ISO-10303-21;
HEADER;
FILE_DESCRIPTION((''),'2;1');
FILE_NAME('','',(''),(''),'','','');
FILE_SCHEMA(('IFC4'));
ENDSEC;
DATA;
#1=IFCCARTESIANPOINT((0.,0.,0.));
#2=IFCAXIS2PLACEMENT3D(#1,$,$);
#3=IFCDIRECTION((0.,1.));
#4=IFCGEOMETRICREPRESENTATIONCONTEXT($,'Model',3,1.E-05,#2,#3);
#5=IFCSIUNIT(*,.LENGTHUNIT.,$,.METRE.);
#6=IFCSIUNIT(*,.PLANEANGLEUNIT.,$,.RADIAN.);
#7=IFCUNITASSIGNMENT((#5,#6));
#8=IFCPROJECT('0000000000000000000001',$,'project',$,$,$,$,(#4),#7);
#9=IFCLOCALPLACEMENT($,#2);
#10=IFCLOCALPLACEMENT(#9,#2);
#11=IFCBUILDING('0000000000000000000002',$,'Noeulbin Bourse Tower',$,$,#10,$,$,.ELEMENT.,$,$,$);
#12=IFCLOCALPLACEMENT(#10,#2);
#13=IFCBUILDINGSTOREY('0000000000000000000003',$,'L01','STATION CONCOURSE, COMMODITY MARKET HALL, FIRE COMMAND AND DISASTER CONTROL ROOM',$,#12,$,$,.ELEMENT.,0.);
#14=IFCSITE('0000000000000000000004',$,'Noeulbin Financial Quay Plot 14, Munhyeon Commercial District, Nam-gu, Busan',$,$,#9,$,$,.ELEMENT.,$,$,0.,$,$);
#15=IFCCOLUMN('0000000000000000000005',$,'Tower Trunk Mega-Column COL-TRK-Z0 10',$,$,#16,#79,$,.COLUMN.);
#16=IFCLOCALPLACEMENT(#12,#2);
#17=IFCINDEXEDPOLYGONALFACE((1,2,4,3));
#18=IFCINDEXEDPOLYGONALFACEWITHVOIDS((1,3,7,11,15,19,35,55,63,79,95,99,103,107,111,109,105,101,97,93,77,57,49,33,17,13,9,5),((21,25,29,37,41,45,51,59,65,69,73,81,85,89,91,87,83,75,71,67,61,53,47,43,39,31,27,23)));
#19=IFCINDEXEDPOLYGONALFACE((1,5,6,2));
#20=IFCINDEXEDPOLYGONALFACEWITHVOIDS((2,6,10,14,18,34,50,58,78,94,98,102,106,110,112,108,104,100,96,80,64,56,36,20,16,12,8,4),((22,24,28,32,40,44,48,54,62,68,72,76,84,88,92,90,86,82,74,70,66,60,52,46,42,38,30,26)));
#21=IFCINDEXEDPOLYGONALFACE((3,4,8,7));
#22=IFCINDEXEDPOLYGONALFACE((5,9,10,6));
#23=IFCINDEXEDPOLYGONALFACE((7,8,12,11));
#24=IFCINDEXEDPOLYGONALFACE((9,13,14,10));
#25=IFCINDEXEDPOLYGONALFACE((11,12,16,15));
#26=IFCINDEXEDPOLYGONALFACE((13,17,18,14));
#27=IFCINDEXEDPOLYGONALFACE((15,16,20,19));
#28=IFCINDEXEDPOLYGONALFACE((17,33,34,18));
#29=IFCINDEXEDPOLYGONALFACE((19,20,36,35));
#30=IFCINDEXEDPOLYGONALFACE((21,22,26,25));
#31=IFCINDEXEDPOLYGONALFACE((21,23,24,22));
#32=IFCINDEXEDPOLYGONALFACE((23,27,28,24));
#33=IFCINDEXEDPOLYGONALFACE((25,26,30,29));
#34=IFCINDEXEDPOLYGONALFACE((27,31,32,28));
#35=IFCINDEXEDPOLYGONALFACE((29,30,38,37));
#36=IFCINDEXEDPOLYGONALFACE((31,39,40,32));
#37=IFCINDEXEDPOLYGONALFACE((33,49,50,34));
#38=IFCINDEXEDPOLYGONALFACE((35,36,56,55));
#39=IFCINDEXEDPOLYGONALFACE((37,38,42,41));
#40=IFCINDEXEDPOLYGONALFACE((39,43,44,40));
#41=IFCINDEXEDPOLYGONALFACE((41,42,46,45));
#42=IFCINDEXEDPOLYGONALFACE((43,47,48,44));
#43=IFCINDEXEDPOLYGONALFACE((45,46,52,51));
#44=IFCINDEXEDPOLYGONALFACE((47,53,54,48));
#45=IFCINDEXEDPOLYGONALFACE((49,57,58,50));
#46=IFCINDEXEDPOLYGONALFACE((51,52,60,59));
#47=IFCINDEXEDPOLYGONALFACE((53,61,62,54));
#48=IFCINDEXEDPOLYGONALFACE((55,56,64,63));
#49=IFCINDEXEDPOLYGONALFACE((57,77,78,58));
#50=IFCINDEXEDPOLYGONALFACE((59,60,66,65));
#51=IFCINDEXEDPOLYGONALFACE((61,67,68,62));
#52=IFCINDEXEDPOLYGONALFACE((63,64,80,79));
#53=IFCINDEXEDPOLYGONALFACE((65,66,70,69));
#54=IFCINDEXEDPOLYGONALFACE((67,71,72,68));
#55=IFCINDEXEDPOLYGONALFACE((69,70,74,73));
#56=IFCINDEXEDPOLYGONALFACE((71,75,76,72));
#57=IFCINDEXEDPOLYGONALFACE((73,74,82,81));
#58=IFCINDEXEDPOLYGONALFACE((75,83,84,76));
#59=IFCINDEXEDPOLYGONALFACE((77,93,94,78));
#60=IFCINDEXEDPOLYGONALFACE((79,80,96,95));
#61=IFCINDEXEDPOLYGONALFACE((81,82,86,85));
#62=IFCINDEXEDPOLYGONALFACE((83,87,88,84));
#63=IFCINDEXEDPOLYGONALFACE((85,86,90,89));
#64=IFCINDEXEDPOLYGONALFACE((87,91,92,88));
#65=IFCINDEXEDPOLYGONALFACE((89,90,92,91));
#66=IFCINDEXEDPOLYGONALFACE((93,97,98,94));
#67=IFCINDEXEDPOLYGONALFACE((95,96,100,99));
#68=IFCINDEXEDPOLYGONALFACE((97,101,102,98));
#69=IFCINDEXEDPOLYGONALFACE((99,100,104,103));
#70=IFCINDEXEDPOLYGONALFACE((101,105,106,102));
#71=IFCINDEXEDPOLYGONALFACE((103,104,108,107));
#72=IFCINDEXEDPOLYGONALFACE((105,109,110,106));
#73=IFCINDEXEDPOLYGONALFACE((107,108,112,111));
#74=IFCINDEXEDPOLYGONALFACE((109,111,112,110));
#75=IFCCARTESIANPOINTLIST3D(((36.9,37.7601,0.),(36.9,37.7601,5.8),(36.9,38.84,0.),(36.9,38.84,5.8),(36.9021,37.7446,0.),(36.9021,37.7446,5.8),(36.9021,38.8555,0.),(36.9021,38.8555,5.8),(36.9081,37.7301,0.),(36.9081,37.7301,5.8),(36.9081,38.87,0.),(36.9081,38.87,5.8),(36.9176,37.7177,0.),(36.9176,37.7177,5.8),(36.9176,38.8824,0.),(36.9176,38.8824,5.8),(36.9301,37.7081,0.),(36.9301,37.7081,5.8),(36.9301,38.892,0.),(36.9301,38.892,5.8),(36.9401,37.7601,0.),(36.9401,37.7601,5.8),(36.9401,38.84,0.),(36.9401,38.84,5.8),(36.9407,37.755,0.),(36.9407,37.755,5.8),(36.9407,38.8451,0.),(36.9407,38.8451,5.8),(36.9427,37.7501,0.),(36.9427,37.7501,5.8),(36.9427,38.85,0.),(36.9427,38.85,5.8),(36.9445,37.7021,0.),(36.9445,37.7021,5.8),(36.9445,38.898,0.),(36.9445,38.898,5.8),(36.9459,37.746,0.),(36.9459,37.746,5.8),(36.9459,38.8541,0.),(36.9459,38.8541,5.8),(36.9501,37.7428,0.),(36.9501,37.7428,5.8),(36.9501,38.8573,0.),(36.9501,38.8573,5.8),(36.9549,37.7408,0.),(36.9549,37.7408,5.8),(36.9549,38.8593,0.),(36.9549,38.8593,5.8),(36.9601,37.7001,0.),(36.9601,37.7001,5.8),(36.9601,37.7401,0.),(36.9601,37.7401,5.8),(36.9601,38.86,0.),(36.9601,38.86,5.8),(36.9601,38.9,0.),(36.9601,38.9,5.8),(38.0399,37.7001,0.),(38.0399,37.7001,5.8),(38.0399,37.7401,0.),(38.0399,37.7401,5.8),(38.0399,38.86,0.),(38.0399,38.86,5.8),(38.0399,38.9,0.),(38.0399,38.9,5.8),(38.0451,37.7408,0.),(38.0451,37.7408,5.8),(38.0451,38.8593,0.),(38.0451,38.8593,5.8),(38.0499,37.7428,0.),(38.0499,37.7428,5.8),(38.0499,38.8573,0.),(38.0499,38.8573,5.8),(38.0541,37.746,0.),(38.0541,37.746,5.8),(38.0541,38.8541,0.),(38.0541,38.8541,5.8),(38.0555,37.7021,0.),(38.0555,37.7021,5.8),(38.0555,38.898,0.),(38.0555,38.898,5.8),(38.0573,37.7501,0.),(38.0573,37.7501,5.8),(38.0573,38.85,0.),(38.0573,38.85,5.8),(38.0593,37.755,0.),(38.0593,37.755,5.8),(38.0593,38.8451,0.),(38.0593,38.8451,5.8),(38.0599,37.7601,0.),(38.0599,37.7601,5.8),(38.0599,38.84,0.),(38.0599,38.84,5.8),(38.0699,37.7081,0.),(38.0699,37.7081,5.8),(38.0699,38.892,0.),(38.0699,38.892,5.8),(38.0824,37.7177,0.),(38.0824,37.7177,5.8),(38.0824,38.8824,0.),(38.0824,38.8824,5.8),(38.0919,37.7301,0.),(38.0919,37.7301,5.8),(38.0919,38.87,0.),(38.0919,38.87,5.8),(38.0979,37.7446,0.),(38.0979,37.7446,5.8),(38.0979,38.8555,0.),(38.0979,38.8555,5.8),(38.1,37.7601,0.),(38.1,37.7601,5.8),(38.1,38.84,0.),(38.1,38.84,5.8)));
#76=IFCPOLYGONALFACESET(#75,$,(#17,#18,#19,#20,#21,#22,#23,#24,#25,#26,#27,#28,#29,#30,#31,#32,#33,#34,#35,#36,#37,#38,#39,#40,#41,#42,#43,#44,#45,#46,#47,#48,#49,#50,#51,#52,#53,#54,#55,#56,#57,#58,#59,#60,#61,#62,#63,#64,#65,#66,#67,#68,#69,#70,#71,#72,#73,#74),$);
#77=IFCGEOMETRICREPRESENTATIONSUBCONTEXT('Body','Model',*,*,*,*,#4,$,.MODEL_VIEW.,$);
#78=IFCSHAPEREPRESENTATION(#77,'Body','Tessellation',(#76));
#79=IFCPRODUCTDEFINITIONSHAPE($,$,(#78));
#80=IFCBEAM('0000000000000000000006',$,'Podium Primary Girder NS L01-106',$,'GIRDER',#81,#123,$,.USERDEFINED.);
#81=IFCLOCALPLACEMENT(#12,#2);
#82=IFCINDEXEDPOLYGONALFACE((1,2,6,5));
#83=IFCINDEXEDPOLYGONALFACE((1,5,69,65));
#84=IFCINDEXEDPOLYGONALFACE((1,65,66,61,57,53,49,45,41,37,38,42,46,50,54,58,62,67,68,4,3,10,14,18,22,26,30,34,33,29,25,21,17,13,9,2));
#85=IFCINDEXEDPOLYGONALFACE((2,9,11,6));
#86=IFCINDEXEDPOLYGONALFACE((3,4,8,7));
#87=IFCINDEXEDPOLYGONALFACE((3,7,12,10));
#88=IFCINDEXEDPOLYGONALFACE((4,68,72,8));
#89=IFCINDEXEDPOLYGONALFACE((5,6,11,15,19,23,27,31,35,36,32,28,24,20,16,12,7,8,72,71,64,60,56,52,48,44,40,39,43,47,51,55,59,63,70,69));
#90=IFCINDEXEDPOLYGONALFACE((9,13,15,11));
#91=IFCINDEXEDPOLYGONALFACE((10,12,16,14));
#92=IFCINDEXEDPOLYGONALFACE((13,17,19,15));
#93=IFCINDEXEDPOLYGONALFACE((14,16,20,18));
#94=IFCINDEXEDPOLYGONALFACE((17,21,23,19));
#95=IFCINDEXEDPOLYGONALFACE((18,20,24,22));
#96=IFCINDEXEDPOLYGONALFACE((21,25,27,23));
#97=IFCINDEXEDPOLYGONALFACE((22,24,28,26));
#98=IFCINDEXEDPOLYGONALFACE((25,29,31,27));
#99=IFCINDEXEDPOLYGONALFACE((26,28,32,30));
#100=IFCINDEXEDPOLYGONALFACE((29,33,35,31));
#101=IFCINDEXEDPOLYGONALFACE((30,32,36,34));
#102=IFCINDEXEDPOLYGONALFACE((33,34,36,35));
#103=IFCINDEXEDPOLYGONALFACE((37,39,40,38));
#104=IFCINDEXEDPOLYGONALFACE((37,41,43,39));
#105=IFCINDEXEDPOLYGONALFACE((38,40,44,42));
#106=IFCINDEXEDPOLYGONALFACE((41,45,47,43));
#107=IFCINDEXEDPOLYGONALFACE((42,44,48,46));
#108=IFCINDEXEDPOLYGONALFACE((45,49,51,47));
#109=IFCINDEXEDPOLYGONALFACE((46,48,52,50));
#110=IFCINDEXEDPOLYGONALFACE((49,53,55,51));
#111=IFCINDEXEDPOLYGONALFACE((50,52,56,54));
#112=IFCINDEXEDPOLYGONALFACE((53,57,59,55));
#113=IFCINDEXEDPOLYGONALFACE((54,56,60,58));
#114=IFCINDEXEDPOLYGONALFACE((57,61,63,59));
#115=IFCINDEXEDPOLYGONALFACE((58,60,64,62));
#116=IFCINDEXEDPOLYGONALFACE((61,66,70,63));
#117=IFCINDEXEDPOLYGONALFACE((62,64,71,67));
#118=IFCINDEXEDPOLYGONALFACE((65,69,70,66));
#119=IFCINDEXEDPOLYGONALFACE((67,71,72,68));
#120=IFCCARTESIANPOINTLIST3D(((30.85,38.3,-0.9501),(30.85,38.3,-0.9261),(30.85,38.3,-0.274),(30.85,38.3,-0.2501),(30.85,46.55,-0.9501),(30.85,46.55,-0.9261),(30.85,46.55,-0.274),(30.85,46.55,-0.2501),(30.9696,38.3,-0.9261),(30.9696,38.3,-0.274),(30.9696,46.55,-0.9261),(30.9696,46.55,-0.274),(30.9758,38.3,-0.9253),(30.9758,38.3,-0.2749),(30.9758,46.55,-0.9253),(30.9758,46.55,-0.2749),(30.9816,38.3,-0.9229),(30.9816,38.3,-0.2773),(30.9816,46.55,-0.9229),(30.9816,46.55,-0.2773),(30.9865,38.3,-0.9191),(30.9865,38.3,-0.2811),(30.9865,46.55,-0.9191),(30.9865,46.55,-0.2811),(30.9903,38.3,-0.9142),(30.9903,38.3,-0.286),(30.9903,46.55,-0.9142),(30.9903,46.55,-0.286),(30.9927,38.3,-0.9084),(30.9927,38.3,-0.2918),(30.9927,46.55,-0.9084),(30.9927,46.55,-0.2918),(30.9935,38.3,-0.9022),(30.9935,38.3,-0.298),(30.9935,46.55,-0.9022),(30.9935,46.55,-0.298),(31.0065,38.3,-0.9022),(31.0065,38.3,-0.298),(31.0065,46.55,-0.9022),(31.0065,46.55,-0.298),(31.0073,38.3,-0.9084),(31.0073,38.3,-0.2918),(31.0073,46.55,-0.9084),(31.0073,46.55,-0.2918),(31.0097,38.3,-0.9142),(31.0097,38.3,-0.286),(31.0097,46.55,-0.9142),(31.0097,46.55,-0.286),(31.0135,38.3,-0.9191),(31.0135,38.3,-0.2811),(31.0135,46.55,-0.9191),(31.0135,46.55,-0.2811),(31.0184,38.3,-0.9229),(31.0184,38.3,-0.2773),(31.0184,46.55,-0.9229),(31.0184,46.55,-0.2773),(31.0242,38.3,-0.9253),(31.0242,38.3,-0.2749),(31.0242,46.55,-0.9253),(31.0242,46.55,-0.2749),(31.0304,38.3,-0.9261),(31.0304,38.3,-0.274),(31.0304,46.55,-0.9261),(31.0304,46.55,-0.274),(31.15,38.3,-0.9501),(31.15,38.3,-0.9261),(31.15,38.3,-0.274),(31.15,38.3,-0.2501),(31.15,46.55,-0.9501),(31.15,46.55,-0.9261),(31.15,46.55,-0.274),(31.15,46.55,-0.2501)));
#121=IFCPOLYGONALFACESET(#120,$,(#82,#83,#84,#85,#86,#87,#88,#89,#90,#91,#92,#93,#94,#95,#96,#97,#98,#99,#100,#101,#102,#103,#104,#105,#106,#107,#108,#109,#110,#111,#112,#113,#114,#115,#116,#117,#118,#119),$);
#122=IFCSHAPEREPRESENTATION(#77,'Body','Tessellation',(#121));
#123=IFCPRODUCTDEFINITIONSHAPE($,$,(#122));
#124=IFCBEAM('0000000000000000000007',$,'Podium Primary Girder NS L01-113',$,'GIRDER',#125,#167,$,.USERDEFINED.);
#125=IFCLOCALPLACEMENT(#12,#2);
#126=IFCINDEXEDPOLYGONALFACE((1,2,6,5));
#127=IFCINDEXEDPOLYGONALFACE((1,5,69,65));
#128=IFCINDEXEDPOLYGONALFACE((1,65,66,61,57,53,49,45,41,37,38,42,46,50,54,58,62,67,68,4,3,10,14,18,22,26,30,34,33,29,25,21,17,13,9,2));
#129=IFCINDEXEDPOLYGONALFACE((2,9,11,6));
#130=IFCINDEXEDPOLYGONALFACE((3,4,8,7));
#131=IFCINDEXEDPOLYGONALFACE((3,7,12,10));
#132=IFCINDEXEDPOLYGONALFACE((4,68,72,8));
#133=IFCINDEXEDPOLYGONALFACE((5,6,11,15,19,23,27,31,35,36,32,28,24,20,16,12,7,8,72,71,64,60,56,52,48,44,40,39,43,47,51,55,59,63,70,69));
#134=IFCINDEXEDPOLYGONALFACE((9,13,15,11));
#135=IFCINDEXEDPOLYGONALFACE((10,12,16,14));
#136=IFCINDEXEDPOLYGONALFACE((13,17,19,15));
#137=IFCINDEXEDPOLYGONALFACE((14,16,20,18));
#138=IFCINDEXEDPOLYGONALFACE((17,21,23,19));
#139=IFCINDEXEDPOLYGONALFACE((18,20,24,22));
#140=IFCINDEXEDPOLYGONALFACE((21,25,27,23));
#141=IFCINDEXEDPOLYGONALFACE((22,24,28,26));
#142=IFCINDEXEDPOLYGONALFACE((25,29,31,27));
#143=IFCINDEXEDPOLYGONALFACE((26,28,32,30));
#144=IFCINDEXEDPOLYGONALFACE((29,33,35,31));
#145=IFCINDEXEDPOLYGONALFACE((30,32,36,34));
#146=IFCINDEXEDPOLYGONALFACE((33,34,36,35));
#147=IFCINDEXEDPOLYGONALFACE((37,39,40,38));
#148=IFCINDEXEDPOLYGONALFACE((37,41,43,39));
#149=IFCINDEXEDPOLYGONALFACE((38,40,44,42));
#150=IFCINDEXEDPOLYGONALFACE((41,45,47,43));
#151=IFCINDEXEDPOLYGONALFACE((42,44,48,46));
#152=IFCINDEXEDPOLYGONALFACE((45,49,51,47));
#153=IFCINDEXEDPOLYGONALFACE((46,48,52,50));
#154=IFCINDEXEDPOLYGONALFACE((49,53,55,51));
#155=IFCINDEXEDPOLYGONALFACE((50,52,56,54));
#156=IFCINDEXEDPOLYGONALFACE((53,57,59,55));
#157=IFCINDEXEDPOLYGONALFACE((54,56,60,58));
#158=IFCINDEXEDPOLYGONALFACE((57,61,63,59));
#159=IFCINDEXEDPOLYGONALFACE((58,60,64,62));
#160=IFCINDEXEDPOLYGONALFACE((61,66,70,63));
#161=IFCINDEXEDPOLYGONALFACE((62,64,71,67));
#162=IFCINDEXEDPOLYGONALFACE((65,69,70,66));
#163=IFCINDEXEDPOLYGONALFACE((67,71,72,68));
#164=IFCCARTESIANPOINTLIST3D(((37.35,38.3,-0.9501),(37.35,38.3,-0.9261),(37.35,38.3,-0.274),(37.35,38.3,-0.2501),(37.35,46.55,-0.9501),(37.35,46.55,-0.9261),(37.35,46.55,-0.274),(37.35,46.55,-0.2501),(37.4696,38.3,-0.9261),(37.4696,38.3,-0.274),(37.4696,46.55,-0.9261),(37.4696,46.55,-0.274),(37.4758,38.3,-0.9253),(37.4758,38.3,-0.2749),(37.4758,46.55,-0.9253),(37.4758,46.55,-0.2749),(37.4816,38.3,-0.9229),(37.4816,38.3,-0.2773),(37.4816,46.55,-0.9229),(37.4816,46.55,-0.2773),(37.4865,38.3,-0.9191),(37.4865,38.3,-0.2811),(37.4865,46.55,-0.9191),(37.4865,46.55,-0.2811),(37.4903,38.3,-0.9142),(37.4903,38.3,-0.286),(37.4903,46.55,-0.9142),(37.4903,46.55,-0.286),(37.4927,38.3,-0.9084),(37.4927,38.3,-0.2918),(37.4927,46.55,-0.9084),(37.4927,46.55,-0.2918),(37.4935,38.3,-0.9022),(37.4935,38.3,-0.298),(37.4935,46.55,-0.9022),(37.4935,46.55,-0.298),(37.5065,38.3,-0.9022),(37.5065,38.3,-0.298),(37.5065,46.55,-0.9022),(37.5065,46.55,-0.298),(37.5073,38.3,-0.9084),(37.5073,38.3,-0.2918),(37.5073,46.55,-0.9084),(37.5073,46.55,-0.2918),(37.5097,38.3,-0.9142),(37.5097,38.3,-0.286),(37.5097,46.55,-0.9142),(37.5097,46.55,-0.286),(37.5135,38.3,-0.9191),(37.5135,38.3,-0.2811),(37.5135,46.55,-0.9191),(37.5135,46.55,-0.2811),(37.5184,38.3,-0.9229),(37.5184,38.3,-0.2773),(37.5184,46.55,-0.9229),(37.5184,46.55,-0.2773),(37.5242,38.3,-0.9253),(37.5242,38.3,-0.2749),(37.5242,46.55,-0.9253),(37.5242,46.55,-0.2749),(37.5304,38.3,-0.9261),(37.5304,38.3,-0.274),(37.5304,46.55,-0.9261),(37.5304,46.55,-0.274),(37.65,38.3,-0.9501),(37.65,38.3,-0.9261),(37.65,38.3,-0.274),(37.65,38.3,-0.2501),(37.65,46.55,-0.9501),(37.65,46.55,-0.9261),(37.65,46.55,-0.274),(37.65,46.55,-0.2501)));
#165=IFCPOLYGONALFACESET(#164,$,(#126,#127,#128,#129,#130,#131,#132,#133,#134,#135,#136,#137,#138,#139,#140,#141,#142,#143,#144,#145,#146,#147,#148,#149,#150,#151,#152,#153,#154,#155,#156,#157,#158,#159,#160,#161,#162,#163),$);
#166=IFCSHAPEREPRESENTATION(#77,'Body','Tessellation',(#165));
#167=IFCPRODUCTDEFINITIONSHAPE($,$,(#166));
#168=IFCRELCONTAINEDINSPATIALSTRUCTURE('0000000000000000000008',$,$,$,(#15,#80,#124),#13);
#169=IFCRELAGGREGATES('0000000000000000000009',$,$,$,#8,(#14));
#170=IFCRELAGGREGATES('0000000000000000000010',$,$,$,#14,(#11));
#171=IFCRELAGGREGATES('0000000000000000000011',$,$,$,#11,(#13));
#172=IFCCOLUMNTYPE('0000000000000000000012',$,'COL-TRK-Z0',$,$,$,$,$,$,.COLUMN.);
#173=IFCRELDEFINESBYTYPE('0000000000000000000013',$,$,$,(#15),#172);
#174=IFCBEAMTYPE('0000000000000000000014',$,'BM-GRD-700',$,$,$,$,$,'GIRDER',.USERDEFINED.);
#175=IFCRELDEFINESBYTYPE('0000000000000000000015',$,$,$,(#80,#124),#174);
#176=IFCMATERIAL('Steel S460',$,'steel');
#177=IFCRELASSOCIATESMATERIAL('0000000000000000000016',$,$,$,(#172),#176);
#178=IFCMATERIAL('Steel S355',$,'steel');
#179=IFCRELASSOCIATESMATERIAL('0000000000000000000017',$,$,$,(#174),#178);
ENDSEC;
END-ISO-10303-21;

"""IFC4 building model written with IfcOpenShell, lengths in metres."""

from ifc_helpers import new_model, si_unit, direction, frame, origin, origin_2d, place, context, subcontext, project, spatial, hollow_rectangle, i_section, extrude, material, material_profile, profile_set, type_object, element, save


model = new_model("IFC4")

# Units and contexts
model_context = context("Model", 3, precision=1e-05, world=origin(), true_north=direction((0.0, 1.0)))
body_context = subcontext(model_context, "Body", "Model", "MODEL_VIEW")
ifc_project = project(units=[si_unit("LENGTHUNIT", "METRE"), si_unit("PLANEANGLEUNIT", "RADIAN")], contexts=[model_context])

# Site, building, storey
site_placement = place(None, origin())
site = spatial("IfcSite", under=ifc_project, at=site_placement, Name="Noeulbin Financial Quay Plot 14, Munhyeon Commercial District, Nam-gu, Busan", CompositionType="ELEMENT", RefElevation=0.0)
building_placement = place(site_placement, origin())
building = spatial("IfcBuilding", under=site, at=building_placement, Name="Noeulbin Bourse Tower", CompositionType="ELEMENT")
storey_placement = place(building_placement, origin())
storey = spatial("IfcBuildingStorey", under=building, at=storey_placement, Name="L01", Description="STATION CONCOURSE, COMMODITY MARKET HALL, FIRE COMMAND AND DISASTER CONTROL ROOM", CompositionType="ELEMENT", Elevation=0.0)

# Column
ifc_material_1 = material(Name="Steel S460", Category="steel")
ifc_material_profile_1 = material_profile(ifc_material_1, hollow_rectangle(XDim=1.2, YDim=1.2, WallThickness=0.04, InnerFilletRadius=0.02, OuterFilletRadius=0.0601, at=origin_2d()), Name="BOX-1200x1200x40", Category="LoadBearing")
ifc_profile_set_1 = profile_set([ifc_material_profile_1], Name="Steel S460")
column_type = type_object("IfcColumnType", Name="COL-TRK-Z0", PredefinedType="COLUMN", material=ifc_profile_set_1)
column_placement = place(storey_placement, frame((37.5, 38.3, 0.0), z_axis=(0.0, 0.0, 1.0), x_axis=(1.0, 0.0, 0.0)))
element("IfcColumn", 1, at=column_placement, inside=storey, type_object=column_type, Name="Tower Trunk Mega-Column COL-TRK-Z0 10", PredefinedType="COLUMN", context=body_context, shape_type="SweptSolid", body=[
    extrude(hollow_rectangle(XDim=1.2, YDim=1.2, WallThickness=0.04, InnerFilletRadius=0.02, OuterFilletRadius=0.0601, at=origin_2d()), origin(), (0.0, 0.0, 1.0), 5.8),
])

# Beams
ifc_material_2 = material(Name="Steel S355", Category="steel")
ifc_material_profile_2 = material_profile(ifc_material_2, i_section(OverallWidth=0.3, OverallDepth=0.7, WebThickness=0.0129, FlangeThickness=0.0239, FilletRadius=0.0239, at=origin_2d()), Name="H-700x300x13x24", Category="LoadBearing")
ifc_profile_set_2 = profile_set([ifc_material_profile_2], Name="Steel S355")
beam_type_1 = type_object("IfcBeamType", Name="BM-GRD-700", ElementType="GIRDER", PredefinedType="USERDEFINED", material=ifc_profile_set_2)
for number, where, z_axis, x_axis, name in (
    (2, (31.0, 38.3, -0.6001), (0.0, 1.0, 0.0), (-1.0, 0.0, 0.0), "Podium Primary Girder NS L01-106"),
    (3, (37.5, 38.3, -0.6001), (0.0, 1.0, 0.0), (-1.0, 0.0, 0.0), "Podium Primary Girder NS L01-113"),
):
    element("IfcBeam", number, at=place(storey_placement, frame(where, z_axis=z_axis, x_axis=x_axis)), inside=storey, type_object=beam_type_1, Name=name, ObjectType="GIRDER", PredefinedType="USERDEFINED", context=body_context, shape_type="SweptSolid", body=[
        extrude(i_section(OverallWidth=0.3, OverallDepth=0.7, WebThickness=0.0129, FlangeThickness=0.0239, FilletRadius=0.0239, at=origin_2d()), origin(), (0.0, 0.0, 1.0), 8.25),
    ])

save(model, "model.ifc")
